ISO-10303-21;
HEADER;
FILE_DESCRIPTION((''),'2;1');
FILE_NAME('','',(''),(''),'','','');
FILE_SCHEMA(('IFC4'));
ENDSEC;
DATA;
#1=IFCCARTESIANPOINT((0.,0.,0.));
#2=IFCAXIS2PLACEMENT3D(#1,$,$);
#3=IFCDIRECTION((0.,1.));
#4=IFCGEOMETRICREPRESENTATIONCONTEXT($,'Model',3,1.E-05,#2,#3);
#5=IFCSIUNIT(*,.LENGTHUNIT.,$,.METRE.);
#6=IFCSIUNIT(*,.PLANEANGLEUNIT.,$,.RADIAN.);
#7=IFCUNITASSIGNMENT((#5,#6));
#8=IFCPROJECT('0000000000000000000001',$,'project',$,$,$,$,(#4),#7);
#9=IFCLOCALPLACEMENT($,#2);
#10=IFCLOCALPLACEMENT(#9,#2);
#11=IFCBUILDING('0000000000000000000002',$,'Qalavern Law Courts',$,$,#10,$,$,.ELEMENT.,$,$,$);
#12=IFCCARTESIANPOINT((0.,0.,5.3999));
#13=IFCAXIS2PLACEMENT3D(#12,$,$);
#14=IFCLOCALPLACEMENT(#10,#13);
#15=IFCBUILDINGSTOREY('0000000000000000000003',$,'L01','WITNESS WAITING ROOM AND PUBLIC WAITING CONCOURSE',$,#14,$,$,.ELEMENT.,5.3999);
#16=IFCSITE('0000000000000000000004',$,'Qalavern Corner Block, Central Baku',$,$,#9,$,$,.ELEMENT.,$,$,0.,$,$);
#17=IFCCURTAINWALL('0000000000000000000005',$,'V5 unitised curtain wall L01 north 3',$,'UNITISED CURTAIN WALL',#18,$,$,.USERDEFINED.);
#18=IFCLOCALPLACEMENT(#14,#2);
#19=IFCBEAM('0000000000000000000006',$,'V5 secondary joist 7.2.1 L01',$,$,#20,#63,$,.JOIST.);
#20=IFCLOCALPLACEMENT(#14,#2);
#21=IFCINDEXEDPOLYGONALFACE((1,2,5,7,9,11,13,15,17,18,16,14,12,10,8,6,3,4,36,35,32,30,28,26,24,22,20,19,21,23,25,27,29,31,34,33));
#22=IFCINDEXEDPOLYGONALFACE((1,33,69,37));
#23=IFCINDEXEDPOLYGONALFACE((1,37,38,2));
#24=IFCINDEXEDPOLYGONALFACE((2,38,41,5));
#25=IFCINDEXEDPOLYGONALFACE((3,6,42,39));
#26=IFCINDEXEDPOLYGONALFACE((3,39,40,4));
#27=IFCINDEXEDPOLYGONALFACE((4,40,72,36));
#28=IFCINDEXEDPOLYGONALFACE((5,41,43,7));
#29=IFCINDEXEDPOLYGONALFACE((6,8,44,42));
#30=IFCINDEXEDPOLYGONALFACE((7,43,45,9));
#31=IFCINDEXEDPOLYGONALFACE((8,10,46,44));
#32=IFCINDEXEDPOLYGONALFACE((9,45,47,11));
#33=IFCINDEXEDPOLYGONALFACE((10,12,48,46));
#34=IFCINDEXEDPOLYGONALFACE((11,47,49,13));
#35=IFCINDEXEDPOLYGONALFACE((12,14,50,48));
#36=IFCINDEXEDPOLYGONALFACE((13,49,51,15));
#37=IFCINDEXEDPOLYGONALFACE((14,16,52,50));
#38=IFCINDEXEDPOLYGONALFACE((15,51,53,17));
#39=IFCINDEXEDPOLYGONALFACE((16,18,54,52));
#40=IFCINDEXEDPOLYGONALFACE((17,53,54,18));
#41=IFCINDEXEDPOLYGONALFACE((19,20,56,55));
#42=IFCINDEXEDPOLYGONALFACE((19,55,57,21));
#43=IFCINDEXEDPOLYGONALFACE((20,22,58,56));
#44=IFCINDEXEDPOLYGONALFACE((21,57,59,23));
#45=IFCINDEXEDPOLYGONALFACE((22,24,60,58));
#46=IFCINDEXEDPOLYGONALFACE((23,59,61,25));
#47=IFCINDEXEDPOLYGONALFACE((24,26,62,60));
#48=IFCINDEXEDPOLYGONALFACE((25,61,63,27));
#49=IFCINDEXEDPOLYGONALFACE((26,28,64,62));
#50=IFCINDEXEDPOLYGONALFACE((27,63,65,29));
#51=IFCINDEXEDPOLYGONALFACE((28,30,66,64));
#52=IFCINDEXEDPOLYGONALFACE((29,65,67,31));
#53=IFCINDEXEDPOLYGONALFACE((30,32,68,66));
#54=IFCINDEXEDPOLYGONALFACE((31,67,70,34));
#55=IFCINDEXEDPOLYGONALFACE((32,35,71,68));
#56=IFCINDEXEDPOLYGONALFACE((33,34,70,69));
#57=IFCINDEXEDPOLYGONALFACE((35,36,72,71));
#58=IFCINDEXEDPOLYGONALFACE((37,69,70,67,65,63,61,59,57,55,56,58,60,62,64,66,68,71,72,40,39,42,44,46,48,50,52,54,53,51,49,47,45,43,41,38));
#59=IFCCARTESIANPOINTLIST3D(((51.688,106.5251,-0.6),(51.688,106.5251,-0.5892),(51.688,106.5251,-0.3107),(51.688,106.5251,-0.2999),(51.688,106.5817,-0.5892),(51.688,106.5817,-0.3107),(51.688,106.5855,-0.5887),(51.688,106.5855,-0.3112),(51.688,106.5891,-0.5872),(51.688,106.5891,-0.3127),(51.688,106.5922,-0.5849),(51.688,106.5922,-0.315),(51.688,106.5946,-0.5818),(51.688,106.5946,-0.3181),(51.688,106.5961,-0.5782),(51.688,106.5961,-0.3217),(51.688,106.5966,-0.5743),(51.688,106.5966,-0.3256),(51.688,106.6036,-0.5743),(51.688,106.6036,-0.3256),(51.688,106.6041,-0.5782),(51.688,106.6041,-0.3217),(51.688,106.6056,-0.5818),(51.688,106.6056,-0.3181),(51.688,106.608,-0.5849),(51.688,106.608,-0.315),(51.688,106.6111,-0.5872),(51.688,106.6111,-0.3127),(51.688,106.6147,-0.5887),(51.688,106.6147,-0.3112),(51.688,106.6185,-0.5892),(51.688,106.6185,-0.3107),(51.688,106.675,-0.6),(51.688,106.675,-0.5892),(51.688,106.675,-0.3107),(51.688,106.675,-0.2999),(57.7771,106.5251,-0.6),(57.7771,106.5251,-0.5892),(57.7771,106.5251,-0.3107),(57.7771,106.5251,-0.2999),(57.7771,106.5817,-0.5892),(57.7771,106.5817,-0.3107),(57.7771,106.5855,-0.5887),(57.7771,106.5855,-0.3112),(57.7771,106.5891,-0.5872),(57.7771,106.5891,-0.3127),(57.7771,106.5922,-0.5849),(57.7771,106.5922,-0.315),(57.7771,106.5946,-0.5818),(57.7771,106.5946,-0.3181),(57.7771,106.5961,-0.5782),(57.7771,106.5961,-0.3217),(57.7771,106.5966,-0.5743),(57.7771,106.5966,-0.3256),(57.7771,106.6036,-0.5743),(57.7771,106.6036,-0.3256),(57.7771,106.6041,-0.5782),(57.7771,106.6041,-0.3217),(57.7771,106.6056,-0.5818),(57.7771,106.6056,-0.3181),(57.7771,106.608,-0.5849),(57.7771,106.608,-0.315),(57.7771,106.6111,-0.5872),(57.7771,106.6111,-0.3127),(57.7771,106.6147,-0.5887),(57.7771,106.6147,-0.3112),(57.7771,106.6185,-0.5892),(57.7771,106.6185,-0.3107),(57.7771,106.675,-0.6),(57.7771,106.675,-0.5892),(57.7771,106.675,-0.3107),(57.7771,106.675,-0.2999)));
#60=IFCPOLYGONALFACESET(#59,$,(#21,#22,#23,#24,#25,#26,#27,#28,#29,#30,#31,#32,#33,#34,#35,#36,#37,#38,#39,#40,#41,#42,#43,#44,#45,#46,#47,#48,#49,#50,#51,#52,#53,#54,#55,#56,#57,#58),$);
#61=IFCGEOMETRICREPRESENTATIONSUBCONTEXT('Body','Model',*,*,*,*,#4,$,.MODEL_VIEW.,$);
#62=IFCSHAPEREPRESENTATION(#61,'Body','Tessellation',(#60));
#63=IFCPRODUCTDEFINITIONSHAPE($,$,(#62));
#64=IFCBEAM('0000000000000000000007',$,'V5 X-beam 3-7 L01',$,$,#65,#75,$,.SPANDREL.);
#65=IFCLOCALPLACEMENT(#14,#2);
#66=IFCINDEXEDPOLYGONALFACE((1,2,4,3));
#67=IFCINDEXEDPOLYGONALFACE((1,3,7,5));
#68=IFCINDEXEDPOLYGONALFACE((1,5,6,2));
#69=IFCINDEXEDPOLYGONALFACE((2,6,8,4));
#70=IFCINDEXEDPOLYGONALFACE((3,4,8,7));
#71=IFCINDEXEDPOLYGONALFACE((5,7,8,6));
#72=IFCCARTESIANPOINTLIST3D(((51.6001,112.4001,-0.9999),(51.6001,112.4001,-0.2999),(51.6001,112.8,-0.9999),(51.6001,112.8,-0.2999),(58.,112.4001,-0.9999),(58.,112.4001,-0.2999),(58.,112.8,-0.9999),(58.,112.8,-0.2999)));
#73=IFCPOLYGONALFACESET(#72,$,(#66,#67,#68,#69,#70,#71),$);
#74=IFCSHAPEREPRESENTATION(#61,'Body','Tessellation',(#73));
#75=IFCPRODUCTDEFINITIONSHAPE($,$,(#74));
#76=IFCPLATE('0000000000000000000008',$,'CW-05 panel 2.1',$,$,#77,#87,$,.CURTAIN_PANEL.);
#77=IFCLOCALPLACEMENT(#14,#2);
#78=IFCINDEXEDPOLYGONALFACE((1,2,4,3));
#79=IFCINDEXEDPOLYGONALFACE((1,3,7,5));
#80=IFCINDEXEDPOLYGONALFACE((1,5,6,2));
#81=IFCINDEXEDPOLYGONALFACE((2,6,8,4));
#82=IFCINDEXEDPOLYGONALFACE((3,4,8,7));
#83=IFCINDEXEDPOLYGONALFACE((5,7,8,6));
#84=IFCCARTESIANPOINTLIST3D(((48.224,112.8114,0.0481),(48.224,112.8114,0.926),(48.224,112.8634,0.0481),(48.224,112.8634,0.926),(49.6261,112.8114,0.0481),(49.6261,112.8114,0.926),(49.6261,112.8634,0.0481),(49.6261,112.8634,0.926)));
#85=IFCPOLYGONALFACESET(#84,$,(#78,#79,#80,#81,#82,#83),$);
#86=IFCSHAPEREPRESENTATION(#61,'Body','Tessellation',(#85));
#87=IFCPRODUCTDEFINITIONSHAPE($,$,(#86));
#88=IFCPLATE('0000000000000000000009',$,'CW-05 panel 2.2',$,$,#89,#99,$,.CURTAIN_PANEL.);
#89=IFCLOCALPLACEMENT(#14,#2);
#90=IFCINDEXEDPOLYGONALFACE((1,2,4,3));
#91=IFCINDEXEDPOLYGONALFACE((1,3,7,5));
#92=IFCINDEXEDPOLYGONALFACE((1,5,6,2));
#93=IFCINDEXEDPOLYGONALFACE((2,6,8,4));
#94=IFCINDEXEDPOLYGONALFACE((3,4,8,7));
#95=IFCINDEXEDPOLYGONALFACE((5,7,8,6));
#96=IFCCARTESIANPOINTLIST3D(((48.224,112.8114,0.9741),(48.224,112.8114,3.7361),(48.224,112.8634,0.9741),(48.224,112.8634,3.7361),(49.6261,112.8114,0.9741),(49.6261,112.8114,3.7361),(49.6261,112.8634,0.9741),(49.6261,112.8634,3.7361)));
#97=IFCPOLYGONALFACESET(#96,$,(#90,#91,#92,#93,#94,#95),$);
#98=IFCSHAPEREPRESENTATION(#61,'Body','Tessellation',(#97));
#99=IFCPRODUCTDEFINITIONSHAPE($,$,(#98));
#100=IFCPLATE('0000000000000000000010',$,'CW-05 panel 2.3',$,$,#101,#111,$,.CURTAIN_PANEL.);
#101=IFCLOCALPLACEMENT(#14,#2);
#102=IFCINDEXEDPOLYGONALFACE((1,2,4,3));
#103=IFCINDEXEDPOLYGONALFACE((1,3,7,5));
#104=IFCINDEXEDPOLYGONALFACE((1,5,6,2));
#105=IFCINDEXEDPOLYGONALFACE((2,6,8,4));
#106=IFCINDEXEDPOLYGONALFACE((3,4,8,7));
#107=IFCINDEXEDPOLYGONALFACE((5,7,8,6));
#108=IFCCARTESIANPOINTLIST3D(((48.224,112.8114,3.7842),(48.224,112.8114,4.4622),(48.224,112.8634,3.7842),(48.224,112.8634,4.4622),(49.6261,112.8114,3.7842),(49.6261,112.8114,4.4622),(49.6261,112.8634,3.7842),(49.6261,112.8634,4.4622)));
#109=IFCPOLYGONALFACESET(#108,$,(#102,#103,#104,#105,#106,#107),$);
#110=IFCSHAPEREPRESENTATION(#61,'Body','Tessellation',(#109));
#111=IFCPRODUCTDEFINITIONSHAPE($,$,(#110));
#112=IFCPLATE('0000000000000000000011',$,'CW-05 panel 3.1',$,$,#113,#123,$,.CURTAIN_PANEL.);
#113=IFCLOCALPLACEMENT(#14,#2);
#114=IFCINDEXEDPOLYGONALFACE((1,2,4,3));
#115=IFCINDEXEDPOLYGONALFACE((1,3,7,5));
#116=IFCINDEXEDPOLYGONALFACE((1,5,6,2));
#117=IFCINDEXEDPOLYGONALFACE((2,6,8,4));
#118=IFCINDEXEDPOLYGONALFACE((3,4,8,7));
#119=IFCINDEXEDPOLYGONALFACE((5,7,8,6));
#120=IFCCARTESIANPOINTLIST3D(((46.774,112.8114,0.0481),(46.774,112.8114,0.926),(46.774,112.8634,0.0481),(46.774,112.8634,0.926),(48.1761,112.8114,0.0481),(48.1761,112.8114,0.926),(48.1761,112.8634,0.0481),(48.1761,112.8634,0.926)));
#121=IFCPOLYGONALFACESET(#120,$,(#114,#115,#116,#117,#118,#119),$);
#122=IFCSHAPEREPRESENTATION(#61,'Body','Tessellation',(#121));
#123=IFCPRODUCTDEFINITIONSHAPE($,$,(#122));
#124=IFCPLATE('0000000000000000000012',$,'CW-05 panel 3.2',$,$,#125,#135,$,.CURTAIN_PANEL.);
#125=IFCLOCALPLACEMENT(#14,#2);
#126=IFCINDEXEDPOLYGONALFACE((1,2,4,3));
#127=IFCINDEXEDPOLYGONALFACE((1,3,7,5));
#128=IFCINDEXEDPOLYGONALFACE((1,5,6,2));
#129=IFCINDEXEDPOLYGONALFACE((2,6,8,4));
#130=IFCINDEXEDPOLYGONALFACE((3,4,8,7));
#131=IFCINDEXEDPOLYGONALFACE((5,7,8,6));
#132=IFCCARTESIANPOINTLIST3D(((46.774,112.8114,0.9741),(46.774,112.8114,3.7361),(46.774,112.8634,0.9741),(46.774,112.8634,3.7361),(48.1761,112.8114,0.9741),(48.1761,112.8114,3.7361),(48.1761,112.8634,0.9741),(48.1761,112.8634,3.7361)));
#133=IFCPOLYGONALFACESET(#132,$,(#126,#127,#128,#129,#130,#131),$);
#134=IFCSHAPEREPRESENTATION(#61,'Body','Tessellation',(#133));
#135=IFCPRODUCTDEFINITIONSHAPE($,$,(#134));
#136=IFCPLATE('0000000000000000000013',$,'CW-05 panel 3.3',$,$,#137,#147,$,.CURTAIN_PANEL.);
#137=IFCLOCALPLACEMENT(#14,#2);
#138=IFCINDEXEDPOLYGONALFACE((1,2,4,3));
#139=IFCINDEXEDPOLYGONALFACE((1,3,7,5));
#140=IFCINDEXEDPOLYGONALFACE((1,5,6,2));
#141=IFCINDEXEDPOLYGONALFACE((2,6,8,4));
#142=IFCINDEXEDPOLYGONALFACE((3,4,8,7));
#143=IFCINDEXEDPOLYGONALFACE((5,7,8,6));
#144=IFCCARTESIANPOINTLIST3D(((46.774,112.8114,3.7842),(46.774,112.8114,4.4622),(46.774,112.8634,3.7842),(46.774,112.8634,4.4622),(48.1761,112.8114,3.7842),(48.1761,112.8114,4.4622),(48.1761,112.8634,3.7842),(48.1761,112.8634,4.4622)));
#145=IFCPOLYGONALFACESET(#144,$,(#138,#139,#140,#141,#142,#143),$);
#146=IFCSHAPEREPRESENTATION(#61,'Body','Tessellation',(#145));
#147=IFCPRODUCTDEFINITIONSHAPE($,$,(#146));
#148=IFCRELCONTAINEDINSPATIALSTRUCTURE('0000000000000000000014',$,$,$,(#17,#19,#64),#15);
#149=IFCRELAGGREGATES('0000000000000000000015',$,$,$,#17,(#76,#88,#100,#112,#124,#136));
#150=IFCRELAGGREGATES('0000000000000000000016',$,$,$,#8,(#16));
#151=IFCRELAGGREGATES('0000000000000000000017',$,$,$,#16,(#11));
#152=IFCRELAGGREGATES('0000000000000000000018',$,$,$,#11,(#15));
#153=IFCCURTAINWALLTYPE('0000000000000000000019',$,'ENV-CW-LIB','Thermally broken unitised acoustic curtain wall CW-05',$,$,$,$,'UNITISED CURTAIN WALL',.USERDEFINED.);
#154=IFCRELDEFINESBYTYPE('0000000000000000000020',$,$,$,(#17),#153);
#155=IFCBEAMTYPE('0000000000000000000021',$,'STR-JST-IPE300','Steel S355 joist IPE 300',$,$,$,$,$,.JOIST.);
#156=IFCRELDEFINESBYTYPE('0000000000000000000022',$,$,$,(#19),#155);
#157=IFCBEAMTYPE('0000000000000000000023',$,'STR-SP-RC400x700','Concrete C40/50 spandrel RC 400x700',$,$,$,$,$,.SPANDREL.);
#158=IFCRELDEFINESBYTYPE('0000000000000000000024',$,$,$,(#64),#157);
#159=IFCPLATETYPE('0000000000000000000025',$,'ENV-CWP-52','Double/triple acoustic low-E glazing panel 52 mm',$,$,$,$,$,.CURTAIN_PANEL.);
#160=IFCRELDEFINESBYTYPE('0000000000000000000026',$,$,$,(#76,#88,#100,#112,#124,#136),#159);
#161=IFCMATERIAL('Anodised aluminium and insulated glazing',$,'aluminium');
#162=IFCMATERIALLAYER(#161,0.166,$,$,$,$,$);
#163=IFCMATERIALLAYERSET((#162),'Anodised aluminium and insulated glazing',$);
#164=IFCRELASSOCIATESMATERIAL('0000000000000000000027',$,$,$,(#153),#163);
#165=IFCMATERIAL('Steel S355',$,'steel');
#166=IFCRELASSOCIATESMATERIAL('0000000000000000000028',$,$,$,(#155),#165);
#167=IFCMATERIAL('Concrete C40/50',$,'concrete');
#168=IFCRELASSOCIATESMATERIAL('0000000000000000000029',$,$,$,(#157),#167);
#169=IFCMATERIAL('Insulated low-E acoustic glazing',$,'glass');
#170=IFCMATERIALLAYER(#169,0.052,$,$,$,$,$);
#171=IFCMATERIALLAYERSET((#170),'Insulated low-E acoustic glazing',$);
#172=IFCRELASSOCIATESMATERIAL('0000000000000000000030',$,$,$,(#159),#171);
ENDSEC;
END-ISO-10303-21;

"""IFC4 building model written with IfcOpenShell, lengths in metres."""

from ifc_helpers import new_model, si_unit, direction, frame, origin, origin_2d, place, context, subcontext, project, spatial, rectangle, i_section, extrude, material, layer, layer_set, material_profile, profile_set, type_object, element, aggregate, save


model = new_model("IFC4")

# Units and contexts
model_context = context("Model", 3, precision=1e-05, world=origin(), true_north=direction((0.0, 1.0)))
body_context = subcontext(model_context, "Body", "Model", "MODEL_VIEW")
ifc_project = project(units=[si_unit("LENGTHUNIT", "METRE"), si_unit("PLANEANGLEUNIT", "RADIAN")], contexts=[model_context])

# Site, building, storey
site_placement = place(None, origin())
site = spatial("IfcSite", under=ifc_project, at=site_placement, Name="Qalavern Corner Block, Central Baku", CompositionType="ELEMENT", RefElevation=0.0)
building_placement = place(site_placement, origin())
building = spatial("IfcBuilding", under=site, at=building_placement, Name="Qalavern Law Courts", CompositionType="ELEMENT")
storey_placement = place(building_placement, frame((0.0, 0.0, 5.3999)))
storey = spatial("IfcBuildingStorey", under=building, at=storey_placement, Name="L01", Description="WITNESS WAITING ROOM AND PUBLIC WAITING CONCOURSE", CompositionType="ELEMENT", Elevation=5.3999)

# Curtain wall
ifc_material_1 = material(Name="Anodised aluminium and insulated glazing", Category="aluminium")
ifc_layer_1 = layer(ifc_material_1, 0.166)
ifc_layer_set_1 = layer_set([ifc_layer_1], Name="Anodised aluminium and insulated glazing")
curtain_wall_type = type_object("IfcCurtainWallType", Name="ENV-CW-LIB", Description="Thermally broken unitised acoustic curtain wall CW-05", ElementType="UNITISED CURTAIN WALL", PredefinedType="USERDEFINED", material=ifc_layer_set_1)
curtain_wall_placement = place(storey_placement, origin())
curtain_wall = element("IfcCurtainWall", 1, at=curtain_wall_placement, inside=storey, type_object=curtain_wall_type, Name="V5 unitised curtain wall L01 north 3", ObjectType="UNITISED CURTAIN WALL", PredefinedType="USERDEFINED")

# Beams
ifc_material_2 = material(Name="Steel S355", Category="steel")
ifc_material_profile_1 = material_profile(ifc_material_2, i_section(OverallWidth=0.1499, OverallDepth=0.3, WebThickness=0.0071, FlangeThickness=0.0107, FilletRadius=0.0149, at=origin_2d()), Name="IPE 300")
ifc_profile_set_1 = profile_set([ifc_material_profile_1], Name="Steel S355")
beam_type_1 = type_object("IfcBeamType", Name="STR-JST-IPE300", Description="Steel S355 joist IPE 300", PredefinedType="JOIST", material=ifc_profile_set_1)
beam_1_placement = place(storey_placement, frame((51.688, 106.6001, -0.45), z_axis=(1.0, 0.0, 0.0), x_axis=(0.0, 1.0, 0.0)))
element("IfcBeam", 2, at=beam_1_placement, inside=storey, type_object=beam_type_1, Name="V5 secondary joist 7.2.1 L01", PredefinedType="JOIST", context=body_context, shape_type="SweptSolid", body=[
    extrude(i_section(OverallWidth=0.1499, OverallDepth=0.3, WebThickness=0.0071, FlangeThickness=0.0107, FilletRadius=0.0149, at=origin_2d()), origin(), (0.0, 0.0, 1.0), 6.0891),
])
ifc_material_3 = material(Name="Concrete C40/50", Category="concrete")
ifc_material_profile_2 = material_profile(ifc_material_3, rectangle(XDim=0.3999, YDim=0.7, at=origin_2d()), Name="RC 400x700")
ifc_profile_set_2 = profile_set([ifc_material_profile_2], Name="Concrete C40/50")
beam_type_2 = type_object("IfcBeamType", Name="STR-SP-RC400x700", Description="Concrete C40/50 spandrel RC 400x700", PredefinedType="SPANDREL", material=ifc_profile_set_2)
beam_2_placement = place(storey_placement, frame((51.6001, 112.6001, -0.6499), z_axis=(1.0, 0.0, 0.0), x_axis=(0.0, 1.0, 0.0)))
element("IfcBeam", 3, at=beam_2_placement, inside=storey, type_object=beam_type_2, Name="V5 X-beam 3-7 L01", PredefinedType="SPANDREL", context=body_context, shape_type="SweptSolid", body=[
    extrude(rectangle(XDim=0.3999, YDim=0.7, at=origin_2d()), origin(), (0.0, 0.0, 1.0), 6.3999),
])

# Plates
ifc_material_4 = material(Name="Insulated low-E acoustic glazing", Category="glass")
ifc_layer_2 = layer(ifc_material_4, 0.052)
ifc_layer_set_2 = layer_set([ifc_layer_2], Name="Insulated low-E acoustic glazing")
plate_type = type_object("IfcPlateType", Name="ENV-CWP-52", Description="Double/triple acoustic low-E glazing panel 52 mm", PredefinedType="CURTAIN_PANEL", material=ifc_layer_set_2)
plate_1_placement = place(storey_placement, frame((48.925, 112.8374, 0.0481), z_axis=(0.0, 0.0, 1.0), x_axis=(-1.0, 0.0, 0.0)))
plate_1 = element("IfcPlate", 4, at=plate_1_placement, type_object=plate_type, Name="CW-05 panel 2.1", PredefinedType="CURTAIN_PANEL", context=body_context, shape_type="SweptSolid", body=[
    extrude(rectangle(XDim=1.4021, YDim=0.052, at=origin_2d()), origin(), (0.0, 0.0, 1.0), 0.8779),
])
plate_2_placement = place(storey_placement, frame((48.925, 112.8374, 0.9741), z_axis=(0.0, 0.0, 1.0), x_axis=(-1.0, 0.0, 0.0)))
plate_2 = element("IfcPlate", 5, at=plate_2_placement, type_object=plate_type, Name="CW-05 panel 2.2", PredefinedType="CURTAIN_PANEL", context=body_context, shape_type="SweptSolid", body=[
    extrude(rectangle(XDim=1.4021, YDim=0.052, at=origin_2d()), origin(), (0.0, 0.0, 1.0), 2.762),
])
plate_3_placement = place(storey_placement, frame((48.925, 112.8374, 3.7842), z_axis=(0.0, 0.0, 1.0), x_axis=(-1.0, 0.0, 0.0)))
plate_3 = element("IfcPlate", 6, at=plate_3_placement, type_object=plate_type, Name="CW-05 panel 2.3", PredefinedType="CURTAIN_PANEL", context=body_context, shape_type="SweptSolid", body=[
    extrude(rectangle(XDim=1.4021, YDim=0.052, at=origin_2d()), origin(), (0.0, 0.0, 1.0), 0.678),
])
plate_4_placement = place(storey_placement, frame((47.4751, 112.8374, 0.0481), z_axis=(0.0, 0.0, 1.0), x_axis=(-1.0, 0.0, 0.0)))
plate_4 = element("IfcPlate", 7, at=plate_4_placement, type_object=plate_type, Name="CW-05 panel 3.1", PredefinedType="CURTAIN_PANEL", context=body_context, shape_type="SweptSolid", body=[
    extrude(rectangle(XDim=1.4021, YDim=0.052, at=origin_2d()), origin(), (0.0, 0.0, 1.0), 0.8779),
])
plate_5_placement = place(storey_placement, frame((47.4751, 112.8374, 0.9741), z_axis=(0.0, 0.0, 1.0), x_axis=(-1.0, 0.0, 0.0)))
plate_5 = element("IfcPlate", 8, at=plate_5_placement, type_object=plate_type, Name="CW-05 panel 3.2", PredefinedType="CURTAIN_PANEL", context=body_context, shape_type="SweptSolid", body=[
    extrude(rectangle(XDim=1.4021, YDim=0.052, at=origin_2d()), origin(), (0.0, 0.0, 1.0), 2.762),
])
plate_6_placement = place(storey_placement, frame((47.4751, 112.8374, 3.7842), z_axis=(0.0, 0.0, 1.0), x_axis=(-1.0, 0.0, 0.0)))
plate_6 = element("IfcPlate", 9, at=plate_6_placement, type_object=plate_type, Name="CW-05 panel 3.3", PredefinedType="CURTAIN_PANEL", context=body_context, shape_type="SweptSolid", body=[
    extrude(rectangle(XDim=1.4021, YDim=0.052, at=origin_2d()), origin(), (0.0, 0.0, 1.0), 0.678),
])
aggregate(curtain_wall, [plate_1, plate_2, plate_3, plate_4, plate_5, plate_6])

save(model, "model.ifc")
